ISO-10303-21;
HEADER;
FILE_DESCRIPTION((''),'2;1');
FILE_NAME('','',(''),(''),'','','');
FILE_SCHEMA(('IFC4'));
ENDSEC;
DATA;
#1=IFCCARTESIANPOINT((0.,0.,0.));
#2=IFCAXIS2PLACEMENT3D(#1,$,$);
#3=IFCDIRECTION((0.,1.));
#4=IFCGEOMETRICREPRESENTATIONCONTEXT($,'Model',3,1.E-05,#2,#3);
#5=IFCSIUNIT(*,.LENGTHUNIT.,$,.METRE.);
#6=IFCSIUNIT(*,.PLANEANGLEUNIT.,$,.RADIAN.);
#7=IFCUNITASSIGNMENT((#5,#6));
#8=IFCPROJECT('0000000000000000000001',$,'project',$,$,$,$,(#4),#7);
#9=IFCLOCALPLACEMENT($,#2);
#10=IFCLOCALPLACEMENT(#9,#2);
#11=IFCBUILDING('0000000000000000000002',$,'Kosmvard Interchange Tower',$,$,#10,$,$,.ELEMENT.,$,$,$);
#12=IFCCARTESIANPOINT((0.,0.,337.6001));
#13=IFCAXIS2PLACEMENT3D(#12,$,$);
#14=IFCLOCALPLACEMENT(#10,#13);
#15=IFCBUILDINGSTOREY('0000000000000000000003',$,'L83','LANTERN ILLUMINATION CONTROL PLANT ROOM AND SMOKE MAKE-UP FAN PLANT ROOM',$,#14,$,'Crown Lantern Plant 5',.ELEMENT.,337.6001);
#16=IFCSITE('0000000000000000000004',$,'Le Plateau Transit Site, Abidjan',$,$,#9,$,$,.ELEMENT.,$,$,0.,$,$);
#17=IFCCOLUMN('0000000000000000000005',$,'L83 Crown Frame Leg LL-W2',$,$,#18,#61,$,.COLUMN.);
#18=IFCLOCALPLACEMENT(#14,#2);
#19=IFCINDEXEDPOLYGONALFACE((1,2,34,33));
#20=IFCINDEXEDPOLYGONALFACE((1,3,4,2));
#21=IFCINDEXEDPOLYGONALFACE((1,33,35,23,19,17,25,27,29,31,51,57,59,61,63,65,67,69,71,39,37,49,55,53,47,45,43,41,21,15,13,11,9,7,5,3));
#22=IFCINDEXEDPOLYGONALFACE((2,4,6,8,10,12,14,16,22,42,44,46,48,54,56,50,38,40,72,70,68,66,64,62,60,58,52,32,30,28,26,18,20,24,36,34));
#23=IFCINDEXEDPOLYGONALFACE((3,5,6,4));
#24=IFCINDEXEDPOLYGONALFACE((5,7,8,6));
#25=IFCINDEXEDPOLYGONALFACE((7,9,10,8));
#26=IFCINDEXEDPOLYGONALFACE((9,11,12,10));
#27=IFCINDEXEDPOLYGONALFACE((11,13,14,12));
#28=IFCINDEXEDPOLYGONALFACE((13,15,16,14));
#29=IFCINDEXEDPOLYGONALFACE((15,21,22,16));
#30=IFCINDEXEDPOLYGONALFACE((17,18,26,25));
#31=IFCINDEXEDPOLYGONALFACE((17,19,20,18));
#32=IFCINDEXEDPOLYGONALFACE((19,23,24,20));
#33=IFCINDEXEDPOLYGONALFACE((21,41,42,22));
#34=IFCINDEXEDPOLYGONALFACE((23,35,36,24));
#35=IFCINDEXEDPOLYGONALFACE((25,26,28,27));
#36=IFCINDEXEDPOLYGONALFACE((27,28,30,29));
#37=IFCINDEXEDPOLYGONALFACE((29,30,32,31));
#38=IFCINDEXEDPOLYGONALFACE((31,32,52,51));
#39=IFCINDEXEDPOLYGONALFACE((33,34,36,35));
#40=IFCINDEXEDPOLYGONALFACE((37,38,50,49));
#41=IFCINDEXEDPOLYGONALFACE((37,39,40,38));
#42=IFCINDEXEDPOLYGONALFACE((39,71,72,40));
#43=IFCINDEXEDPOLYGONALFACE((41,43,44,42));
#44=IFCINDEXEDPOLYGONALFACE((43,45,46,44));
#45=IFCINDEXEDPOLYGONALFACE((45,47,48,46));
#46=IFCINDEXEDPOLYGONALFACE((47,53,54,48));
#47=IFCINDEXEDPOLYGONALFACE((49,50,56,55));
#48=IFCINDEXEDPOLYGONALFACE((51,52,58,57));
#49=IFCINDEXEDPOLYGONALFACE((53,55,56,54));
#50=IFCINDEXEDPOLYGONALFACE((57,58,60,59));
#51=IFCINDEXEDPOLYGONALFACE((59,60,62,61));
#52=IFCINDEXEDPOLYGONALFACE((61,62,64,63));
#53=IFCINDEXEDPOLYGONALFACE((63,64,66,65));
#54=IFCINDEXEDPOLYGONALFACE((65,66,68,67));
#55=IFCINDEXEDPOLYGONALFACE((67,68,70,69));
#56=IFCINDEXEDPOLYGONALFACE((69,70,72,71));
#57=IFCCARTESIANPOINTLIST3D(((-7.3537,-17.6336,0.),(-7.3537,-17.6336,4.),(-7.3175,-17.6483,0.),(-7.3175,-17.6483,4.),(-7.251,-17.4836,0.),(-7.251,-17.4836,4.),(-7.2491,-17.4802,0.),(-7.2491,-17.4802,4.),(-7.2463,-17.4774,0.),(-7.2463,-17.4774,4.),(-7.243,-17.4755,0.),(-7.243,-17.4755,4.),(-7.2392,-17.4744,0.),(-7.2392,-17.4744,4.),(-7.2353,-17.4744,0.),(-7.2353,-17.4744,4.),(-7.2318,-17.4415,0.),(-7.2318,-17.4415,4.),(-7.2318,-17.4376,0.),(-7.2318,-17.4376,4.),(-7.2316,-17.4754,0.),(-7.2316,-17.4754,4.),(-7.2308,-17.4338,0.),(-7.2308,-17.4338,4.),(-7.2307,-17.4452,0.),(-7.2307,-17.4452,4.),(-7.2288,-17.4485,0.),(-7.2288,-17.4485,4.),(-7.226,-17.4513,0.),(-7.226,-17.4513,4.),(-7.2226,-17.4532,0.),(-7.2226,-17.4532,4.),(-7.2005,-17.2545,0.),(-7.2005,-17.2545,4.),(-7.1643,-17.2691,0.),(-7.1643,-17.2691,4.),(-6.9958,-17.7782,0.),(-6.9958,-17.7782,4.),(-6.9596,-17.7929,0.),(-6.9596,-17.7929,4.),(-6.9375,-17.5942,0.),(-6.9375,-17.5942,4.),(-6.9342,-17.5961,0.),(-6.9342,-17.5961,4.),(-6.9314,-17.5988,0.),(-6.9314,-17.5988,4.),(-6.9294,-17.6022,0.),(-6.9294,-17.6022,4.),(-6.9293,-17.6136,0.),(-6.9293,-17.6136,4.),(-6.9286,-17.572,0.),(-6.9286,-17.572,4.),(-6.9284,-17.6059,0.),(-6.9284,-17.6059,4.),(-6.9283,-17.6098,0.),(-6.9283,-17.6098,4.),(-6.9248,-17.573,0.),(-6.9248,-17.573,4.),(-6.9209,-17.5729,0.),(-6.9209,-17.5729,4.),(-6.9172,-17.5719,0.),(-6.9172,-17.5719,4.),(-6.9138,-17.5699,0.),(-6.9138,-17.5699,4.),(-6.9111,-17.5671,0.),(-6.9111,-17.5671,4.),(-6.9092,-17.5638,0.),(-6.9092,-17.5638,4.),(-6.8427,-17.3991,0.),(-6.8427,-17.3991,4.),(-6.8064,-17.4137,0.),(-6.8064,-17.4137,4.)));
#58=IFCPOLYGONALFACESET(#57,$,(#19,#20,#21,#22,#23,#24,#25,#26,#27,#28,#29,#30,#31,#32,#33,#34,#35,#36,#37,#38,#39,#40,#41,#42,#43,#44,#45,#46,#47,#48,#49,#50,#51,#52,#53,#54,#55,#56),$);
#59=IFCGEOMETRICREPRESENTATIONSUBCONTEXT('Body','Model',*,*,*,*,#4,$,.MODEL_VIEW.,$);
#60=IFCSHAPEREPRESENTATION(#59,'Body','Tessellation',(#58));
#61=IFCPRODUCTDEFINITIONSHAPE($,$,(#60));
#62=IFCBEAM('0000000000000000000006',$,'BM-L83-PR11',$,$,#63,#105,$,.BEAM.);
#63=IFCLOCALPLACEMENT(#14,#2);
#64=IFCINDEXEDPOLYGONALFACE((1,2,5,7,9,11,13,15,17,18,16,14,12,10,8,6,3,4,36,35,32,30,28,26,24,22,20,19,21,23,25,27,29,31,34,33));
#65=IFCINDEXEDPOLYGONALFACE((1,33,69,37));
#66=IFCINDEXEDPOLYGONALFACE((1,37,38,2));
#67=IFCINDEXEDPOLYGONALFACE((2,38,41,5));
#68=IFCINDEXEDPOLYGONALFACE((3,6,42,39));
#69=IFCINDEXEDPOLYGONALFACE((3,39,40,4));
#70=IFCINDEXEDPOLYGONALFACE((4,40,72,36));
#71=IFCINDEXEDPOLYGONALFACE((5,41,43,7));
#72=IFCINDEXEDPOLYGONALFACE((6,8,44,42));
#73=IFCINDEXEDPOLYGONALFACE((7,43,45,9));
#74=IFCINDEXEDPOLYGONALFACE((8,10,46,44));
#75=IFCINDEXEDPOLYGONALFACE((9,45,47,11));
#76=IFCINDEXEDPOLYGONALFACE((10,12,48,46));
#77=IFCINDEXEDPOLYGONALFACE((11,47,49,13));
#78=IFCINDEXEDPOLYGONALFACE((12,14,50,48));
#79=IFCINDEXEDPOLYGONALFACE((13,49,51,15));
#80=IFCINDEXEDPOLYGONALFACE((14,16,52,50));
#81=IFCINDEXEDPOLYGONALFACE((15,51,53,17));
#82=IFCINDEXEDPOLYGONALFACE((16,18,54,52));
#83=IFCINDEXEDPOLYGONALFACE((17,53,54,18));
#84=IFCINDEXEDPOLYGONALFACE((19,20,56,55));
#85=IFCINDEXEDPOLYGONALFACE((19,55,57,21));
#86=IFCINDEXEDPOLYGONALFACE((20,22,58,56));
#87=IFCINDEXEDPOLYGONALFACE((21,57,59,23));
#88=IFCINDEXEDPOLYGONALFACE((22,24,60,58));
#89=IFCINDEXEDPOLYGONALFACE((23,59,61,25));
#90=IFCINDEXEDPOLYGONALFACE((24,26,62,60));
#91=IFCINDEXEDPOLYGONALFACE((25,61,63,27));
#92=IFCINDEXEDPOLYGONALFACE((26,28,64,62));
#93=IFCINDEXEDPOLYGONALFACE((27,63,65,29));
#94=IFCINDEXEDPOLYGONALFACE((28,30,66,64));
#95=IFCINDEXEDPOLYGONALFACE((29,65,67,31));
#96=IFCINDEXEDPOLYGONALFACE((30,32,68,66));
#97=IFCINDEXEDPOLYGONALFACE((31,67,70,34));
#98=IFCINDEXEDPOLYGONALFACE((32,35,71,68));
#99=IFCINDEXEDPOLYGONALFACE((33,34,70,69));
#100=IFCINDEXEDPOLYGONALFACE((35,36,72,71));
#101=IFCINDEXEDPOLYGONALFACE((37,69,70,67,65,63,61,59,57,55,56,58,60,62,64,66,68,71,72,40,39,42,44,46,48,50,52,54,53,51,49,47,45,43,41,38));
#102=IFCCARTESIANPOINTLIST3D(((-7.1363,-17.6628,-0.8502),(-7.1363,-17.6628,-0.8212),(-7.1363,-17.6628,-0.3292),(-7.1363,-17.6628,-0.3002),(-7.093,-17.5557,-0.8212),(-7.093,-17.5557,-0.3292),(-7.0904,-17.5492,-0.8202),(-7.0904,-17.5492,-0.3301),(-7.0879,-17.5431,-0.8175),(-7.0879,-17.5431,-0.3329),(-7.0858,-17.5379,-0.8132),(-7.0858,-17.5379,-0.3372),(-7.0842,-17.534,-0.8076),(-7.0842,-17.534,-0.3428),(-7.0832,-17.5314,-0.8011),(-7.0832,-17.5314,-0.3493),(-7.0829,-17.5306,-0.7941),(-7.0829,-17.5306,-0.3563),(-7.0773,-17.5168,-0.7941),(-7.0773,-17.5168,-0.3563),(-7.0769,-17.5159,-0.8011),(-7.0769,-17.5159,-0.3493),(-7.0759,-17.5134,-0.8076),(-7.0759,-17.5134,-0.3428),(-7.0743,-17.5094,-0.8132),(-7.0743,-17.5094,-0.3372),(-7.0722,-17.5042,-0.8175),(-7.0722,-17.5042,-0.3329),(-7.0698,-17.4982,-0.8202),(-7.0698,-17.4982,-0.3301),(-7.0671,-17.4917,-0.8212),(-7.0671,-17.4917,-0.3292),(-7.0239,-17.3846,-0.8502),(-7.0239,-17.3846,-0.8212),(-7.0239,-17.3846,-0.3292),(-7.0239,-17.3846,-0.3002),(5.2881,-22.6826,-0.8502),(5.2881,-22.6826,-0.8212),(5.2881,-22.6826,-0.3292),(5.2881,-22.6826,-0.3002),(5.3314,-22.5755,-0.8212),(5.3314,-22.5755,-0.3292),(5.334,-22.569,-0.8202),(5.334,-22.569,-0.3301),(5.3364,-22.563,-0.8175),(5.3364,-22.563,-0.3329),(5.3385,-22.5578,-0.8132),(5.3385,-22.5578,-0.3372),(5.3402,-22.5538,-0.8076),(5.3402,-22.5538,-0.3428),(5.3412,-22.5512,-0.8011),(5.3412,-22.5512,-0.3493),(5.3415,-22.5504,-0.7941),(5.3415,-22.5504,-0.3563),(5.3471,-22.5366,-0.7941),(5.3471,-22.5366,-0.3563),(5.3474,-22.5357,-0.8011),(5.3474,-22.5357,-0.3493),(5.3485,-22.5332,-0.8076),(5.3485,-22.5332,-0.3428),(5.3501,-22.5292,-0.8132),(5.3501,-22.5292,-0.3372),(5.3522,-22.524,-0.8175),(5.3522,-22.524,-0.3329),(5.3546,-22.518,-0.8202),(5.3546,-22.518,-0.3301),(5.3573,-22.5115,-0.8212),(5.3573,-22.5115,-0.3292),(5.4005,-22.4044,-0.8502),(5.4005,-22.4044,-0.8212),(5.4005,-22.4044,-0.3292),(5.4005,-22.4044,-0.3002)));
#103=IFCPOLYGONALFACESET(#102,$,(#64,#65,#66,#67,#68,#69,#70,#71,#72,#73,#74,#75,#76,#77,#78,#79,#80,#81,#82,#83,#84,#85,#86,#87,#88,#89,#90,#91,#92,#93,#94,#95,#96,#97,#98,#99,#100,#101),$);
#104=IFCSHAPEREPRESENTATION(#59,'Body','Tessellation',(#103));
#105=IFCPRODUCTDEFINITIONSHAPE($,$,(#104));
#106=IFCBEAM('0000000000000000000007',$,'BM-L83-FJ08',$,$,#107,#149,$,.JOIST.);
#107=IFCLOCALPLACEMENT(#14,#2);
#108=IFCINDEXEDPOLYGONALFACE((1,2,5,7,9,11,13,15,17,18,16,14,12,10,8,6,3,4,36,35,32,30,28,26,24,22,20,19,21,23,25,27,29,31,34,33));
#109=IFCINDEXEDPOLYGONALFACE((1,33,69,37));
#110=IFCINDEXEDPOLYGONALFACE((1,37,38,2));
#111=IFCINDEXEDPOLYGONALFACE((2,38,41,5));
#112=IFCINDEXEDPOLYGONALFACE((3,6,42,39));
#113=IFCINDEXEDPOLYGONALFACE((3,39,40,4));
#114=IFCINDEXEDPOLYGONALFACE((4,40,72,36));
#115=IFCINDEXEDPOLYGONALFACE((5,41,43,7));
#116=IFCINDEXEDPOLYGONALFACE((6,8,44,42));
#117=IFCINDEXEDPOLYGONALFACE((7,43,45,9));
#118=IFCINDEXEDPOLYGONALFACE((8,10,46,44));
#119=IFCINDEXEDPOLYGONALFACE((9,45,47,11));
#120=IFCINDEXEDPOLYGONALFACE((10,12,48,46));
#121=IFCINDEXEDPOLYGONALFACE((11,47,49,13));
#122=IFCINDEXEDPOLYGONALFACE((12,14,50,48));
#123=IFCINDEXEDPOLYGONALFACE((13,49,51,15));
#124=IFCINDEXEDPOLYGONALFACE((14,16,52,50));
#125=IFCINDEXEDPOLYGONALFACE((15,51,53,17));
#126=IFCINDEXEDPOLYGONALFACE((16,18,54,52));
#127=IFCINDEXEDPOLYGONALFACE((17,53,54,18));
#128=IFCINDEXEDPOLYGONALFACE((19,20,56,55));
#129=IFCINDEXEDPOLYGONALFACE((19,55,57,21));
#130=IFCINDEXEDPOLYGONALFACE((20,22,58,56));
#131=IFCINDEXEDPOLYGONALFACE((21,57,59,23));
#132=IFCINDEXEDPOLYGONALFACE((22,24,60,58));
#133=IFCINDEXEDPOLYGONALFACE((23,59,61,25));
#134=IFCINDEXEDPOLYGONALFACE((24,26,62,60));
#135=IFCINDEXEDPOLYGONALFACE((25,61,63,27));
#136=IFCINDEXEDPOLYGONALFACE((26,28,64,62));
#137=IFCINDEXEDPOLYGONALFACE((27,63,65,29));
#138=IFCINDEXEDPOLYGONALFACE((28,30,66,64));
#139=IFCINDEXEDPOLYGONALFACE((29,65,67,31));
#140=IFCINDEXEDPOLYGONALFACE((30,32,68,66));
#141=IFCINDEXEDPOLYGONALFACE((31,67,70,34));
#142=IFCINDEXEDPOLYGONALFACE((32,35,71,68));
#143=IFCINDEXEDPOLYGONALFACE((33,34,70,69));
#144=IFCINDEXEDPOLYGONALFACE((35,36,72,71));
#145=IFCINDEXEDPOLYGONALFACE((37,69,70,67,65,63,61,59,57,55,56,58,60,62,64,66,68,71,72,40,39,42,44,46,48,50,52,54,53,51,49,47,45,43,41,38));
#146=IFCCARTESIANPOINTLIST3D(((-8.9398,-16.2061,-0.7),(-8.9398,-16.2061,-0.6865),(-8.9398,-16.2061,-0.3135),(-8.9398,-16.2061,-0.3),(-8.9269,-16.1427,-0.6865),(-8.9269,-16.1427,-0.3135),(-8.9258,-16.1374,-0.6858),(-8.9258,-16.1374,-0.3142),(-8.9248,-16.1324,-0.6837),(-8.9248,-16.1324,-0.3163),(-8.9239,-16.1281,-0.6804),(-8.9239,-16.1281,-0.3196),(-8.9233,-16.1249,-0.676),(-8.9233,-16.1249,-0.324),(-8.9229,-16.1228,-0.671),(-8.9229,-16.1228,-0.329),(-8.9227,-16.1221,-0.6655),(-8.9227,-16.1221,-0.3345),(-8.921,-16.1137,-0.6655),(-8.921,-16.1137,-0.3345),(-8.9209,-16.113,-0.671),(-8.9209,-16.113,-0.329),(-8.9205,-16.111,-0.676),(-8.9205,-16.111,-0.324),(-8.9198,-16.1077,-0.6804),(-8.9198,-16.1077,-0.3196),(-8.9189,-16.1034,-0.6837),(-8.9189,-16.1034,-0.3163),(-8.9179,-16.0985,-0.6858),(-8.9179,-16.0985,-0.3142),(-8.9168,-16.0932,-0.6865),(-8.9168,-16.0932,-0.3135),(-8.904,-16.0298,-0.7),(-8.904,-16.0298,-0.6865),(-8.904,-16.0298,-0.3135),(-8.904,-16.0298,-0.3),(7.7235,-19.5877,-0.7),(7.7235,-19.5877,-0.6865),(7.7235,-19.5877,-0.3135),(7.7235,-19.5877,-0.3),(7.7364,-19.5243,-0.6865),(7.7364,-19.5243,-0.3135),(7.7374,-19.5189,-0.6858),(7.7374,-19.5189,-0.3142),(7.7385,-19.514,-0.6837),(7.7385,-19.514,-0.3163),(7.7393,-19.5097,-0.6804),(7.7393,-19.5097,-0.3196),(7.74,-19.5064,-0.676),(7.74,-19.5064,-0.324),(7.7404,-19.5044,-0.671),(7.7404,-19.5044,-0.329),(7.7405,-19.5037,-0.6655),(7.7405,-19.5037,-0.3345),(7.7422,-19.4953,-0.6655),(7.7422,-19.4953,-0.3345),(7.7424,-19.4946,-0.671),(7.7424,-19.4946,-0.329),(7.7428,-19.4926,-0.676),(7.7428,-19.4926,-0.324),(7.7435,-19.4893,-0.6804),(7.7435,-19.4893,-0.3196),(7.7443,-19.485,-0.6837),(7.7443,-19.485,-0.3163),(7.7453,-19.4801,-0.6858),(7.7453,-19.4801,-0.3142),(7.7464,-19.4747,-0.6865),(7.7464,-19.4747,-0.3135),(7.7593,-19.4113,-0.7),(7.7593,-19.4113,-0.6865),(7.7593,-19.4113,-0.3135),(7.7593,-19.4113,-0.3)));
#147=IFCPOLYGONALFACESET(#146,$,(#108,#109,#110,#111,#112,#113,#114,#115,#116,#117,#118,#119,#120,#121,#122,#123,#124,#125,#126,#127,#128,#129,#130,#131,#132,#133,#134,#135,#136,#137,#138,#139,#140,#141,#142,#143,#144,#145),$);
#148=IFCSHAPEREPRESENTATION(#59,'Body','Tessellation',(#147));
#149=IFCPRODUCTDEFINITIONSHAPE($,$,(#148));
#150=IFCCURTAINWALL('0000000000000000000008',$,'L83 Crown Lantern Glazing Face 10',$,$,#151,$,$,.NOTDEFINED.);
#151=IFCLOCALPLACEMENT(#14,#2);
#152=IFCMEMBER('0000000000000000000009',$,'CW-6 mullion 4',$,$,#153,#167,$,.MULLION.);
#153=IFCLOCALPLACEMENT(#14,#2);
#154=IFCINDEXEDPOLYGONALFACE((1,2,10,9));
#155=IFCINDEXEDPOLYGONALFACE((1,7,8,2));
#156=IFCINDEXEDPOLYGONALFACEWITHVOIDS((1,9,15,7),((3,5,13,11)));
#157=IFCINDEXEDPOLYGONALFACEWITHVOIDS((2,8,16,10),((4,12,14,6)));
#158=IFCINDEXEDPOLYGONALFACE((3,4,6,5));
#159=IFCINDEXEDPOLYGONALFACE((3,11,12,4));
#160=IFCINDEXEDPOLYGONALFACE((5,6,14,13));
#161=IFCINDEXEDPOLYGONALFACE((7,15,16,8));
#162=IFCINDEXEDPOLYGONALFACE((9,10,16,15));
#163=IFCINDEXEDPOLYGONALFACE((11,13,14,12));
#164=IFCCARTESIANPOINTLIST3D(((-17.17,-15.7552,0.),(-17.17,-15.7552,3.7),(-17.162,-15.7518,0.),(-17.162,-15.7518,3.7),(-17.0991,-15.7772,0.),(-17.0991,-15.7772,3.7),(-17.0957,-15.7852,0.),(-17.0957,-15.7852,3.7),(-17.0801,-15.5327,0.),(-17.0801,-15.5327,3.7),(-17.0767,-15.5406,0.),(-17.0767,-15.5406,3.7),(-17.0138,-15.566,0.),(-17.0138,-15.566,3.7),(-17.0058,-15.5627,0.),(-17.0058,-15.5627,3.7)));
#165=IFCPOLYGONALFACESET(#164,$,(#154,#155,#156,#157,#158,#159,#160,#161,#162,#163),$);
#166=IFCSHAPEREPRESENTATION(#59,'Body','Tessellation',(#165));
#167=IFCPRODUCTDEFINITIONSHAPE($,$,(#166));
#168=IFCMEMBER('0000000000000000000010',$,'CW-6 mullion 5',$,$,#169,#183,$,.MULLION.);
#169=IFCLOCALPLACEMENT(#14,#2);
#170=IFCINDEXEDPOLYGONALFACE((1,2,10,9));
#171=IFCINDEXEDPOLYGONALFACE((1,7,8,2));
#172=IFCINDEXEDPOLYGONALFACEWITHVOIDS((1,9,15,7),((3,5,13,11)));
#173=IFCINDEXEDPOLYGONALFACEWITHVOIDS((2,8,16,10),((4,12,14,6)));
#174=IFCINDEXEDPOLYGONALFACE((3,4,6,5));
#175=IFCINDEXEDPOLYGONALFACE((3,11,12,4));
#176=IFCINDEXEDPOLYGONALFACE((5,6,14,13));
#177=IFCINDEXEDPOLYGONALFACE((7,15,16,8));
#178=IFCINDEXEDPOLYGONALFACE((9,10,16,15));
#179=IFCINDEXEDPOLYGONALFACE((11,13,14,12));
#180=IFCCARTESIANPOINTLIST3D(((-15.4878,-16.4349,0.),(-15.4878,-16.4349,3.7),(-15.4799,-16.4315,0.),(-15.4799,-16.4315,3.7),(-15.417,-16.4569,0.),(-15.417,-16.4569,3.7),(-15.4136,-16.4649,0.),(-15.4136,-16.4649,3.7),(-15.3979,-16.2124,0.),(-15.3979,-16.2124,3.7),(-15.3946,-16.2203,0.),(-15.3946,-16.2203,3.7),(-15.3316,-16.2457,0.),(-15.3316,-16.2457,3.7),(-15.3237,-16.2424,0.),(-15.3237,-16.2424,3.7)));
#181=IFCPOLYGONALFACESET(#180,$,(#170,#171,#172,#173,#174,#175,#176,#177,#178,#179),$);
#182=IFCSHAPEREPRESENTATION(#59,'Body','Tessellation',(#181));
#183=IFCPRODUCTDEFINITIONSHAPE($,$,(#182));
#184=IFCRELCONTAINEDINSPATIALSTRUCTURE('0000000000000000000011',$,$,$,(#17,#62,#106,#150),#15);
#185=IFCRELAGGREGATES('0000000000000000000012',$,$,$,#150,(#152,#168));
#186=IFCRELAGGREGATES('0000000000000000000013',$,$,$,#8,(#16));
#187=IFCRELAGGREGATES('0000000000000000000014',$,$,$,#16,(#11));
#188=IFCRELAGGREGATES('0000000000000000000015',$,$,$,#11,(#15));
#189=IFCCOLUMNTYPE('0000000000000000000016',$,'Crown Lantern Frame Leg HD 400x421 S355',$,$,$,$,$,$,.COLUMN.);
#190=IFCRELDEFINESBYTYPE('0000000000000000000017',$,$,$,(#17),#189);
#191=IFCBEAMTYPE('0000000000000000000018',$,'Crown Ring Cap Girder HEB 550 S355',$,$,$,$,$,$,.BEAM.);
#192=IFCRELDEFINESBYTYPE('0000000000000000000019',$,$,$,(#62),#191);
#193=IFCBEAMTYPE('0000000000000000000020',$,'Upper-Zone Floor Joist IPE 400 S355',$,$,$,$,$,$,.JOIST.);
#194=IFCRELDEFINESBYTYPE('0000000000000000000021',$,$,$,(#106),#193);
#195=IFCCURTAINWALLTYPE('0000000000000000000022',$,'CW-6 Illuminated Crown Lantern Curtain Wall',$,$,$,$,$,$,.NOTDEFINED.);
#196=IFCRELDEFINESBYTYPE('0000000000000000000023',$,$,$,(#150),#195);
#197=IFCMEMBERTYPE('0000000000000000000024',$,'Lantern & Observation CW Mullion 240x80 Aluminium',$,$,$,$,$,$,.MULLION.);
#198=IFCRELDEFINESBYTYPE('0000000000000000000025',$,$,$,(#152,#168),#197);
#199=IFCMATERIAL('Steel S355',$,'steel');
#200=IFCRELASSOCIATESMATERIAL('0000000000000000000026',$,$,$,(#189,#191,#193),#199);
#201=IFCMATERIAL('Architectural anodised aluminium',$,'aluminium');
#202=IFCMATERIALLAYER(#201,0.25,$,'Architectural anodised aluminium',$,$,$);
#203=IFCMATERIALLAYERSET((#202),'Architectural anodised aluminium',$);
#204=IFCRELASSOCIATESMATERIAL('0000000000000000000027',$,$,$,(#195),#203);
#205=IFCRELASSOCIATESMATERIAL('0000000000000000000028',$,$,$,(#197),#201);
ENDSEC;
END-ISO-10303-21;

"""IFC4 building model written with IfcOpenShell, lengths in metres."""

from ifc_helpers import new_model, si_unit, direction, frame, origin, origin_2d, place, context, subcontext, project, spatial, hollow_rectangle, i_section, extrude, source, transform, mapped, material, layer, layer_set, material_profile, profile_set, type_object, element, aggregate, save


model = new_model("IFC4")

# Units and contexts
model_context = context("Model", 3, precision=1e-05, world=origin(), true_north=direction((0.0, 1.0)))
body_context = subcontext(model_context, "Body", "Model", "MODEL_VIEW")
ifc_project = project(units=[si_unit("LENGTHUNIT", "METRE"), si_unit("PLANEANGLEUNIT", "RADIAN")], contexts=[model_context])

# Site, building, storey
site_placement = place(None, origin())
site = spatial("IfcSite", under=ifc_project, at=site_placement, Name="Le Plateau Transit Site, Abidjan", CompositionType="ELEMENT", RefElevation=0.0)
building_placement = place(site_placement, origin())
building = spatial("IfcBuilding", under=site, at=building_placement, Name="Kosmvard Interchange Tower", CompositionType="ELEMENT")
storey_placement = place(building_placement, frame((0.0, 0.0, 337.6001)))
storey = spatial("IfcBuildingStorey", under=building, at=storey_placement, Name="L83", Description="LANTERN ILLUMINATION CONTROL PLANT ROOM AND SMOKE MAKE-UP FAN PLANT ROOM", LongName="Crown Lantern Plant 5", CompositionType="ELEMENT", Elevation=337.6001)

# Column
ifc_material_1 = material(Name="Steel S355", Category="steel")
ifc_material_profile_1 = material_profile(ifc_material_1, i_section(OverallWidth=0.4089, OverallDepth=0.425, WebThickness=0.0239, FlangeThickness=0.0391, FilletRadius=0.0149, at=origin_2d()), Name="HD 400x421")
ifc_profile_set_1 = profile_set([ifc_material_profile_1], Name="Steel S355")
column_type = type_object("IfcColumnType", Name="Crown Lantern Frame Leg HD 400x421 S355", PredefinedType="COLUMN", material=ifc_profile_set_1)
shared_shape_1 = source(origin(), body_context, "Body", "SweptSolid", [
    extrude(i_section(OverallWidth=0.4089, OverallDepth=0.425, WebThickness=0.0239, FlangeThickness=0.0391, FilletRadius=0.0149, at=origin_2d()), origin(), (0.0, 0.0, 1.0), 4.0),
])
column_placement = place(storey_placement, frame((-7.0801, -17.5237, 0.0), z_axis=(0.0, 0.0, 1.0), x_axis=(0.374607, 0.927184, 0.0)))
element("IfcColumn", 1, at=column_placement, inside=storey, type_object=column_type, Name="L83 Crown Frame Leg LL-W2", PredefinedType="COLUMN", context=body_context, shape_type="MappedRepresentation", body=[
    mapped(shared_shape_1, transform((0.0, 0.0, 0.0), scale=1.0)),
])

# Beams
ifc_material_profile_2 = material_profile(ifc_material_1, i_section(OverallWidth=0.3, OverallDepth=0.55, WebThickness=0.0149, FlangeThickness=0.0291, FilletRadius=0.0271, at=origin_2d()), Name="HEB 550")
ifc_profile_set_2 = profile_set([ifc_material_profile_2], Name="Steel S355")
beam_type_1 = type_object("IfcBeamType", Name="Crown Ring Cap Girder HEB 550 S355", PredefinedType="BEAM", material=ifc_profile_set_2)
shared_shape_2 = source(origin(), body_context, "Body", "SweptSolid", [
    extrude(i_section(OverallWidth=0.3, OverallDepth=0.55, WebThickness=0.0149, FlangeThickness=0.0291, FilletRadius=0.0271, at=origin_2d()), origin(), (0.0, 0.0, 1.0), 13.4001),
])
beam_1_placement = place(storey_placement, frame((-7.0801, -17.5237, -0.5752), z_axis=(0.927183, -0.374608, 0.0), x_axis=(0.374608, 0.927183, 0.0)))
element("IfcBeam", 2, at=beam_1_placement, inside=storey, type_object=beam_type_1, Name="BM-L83-PR11", PredefinedType="BEAM", context=body_context, shape_type="MappedRepresentation", body=[
    mapped(shared_shape_2, transform((0.0, 0.0, 0.0), scale=1.0)),
])
ifc_material_profile_3 = material_profile(ifc_material_1, i_section(OverallWidth=0.1799, OverallDepth=0.3999, WebThickness=0.0085, FlangeThickness=0.0134, FilletRadius=0.021, at=origin_2d()), Name="IPE 400")
ifc_profile_set_3 = profile_set([ifc_material_profile_3], Name="Steel S355")
beam_type_2 = type_object("IfcBeamType", Name="Upper-Zone Floor Joist IPE 400 S355", PredefinedType="JOIST", material=ifc_profile_set_3)
shared_shape_3 = source(origin(), body_context, "Body", "SweptSolid", [
    extrude(i_section(OverallWidth=0.1799, OverallDepth=0.3999, WebThickness=0.0085, FlangeThickness=0.0134, FilletRadius=0.021, at=origin_2d()), origin(), (0.0, 0.0, 1.0), 17.0029),
])
beam_2_placement = place(storey_placement, frame((-8.9219, -16.1179, -0.5), z_axis=(0.980023, -0.198882, 0.0), x_axis=(0.198882, 0.980023, 0.0)))
element("IfcBeam", 3, at=beam_2_placement, inside=storey, type_object=beam_type_2, Name="BM-L83-FJ08", PredefinedType="JOIST", context=body_context, shape_type="MappedRepresentation", body=[
    mapped(shared_shape_3, transform((0.0, 0.0, 0.0), scale=1.0)),
])

# Curtain wall, members
ifc_material_2 = material(Name="Architectural anodised aluminium", Category="aluminium")
ifc_layer_1 = layer(ifc_material_2, 0.25, Name="Architectural anodised aluminium")
ifc_layer_set_1 = layer_set([ifc_layer_1], Name="Architectural anodised aluminium")
curtain_wall_type = type_object("IfcCurtainWallType", Name="CW-6 Illuminated Crown Lantern Curtain Wall", PredefinedType="NOTDEFINED", material=ifc_layer_set_1)
curtain_wall_placement = place(storey_placement, origin())
curtain_wall = element("IfcCurtainWall", 4, at=curtain_wall_placement, inside=storey, type_object=curtain_wall_type, Name="L83 Crown Lantern Glazing Face 10", PredefinedType="NOTDEFINED")
ifc_material_profile_4 = material_profile(ifc_material_2, hollow_rectangle(XDim=0.24, YDim=0.0801, WallThickness=0.0061, at=origin_2d()), Name="CWM 240x80x6")
ifc_profile_set_4 = profile_set([ifc_material_profile_4], Name="Architectural anodised aluminium")
member_type_1 = type_object("IfcMemberType", Name="Lantern & Observation CW Mullion 240x80 Aluminium", PredefinedType="MULLION", material=ifc_profile_set_4)
shared_shape_4 = source(origin(), body_context, "Body", "SweptSolid", [
    extrude(hollow_rectangle(XDim=0.24, YDim=0.0801, WallThickness=0.0061, at=origin_2d()), origin(), (0.0, 0.0, 1.0), 3.7),
])
member_1_placement = place(storey_placement, frame((-17.0879, -15.6589, 0.0), z_axis=(0.0, 0.0, 1.0), x_axis=(0.374607, 0.927184, 0.0)))
member_1 = element("IfcMember", 5, at=member_1_placement, type_object=member_type_1, Name="CW-6 mullion 4", PredefinedType="MULLION", context=body_context, shape_type="MappedRepresentation", body=[
    mapped(shared_shape_4, transform((0.0, 0.0, 0.0), scale=1.0)),
])
member_2_placement = place(storey_placement, frame((-15.4058, -16.3386, 0.0), z_axis=(0.0, 0.0, 1.0), x_axis=(0.374607, 0.927184, 0.0)))
member_2 = element("IfcMember", 6, at=member_2_placement, type_object=member_type_1, Name="CW-6 mullion 5", PredefinedType="MULLION", context=body_context, shape_type="MappedRepresentation", body=[
    mapped(shared_shape_4, transform((0.0, 0.0, 0.0), scale=1.0)),
])

aggregate(curtain_wall, [member_1, member_2])

save(model, "model.ifc")
